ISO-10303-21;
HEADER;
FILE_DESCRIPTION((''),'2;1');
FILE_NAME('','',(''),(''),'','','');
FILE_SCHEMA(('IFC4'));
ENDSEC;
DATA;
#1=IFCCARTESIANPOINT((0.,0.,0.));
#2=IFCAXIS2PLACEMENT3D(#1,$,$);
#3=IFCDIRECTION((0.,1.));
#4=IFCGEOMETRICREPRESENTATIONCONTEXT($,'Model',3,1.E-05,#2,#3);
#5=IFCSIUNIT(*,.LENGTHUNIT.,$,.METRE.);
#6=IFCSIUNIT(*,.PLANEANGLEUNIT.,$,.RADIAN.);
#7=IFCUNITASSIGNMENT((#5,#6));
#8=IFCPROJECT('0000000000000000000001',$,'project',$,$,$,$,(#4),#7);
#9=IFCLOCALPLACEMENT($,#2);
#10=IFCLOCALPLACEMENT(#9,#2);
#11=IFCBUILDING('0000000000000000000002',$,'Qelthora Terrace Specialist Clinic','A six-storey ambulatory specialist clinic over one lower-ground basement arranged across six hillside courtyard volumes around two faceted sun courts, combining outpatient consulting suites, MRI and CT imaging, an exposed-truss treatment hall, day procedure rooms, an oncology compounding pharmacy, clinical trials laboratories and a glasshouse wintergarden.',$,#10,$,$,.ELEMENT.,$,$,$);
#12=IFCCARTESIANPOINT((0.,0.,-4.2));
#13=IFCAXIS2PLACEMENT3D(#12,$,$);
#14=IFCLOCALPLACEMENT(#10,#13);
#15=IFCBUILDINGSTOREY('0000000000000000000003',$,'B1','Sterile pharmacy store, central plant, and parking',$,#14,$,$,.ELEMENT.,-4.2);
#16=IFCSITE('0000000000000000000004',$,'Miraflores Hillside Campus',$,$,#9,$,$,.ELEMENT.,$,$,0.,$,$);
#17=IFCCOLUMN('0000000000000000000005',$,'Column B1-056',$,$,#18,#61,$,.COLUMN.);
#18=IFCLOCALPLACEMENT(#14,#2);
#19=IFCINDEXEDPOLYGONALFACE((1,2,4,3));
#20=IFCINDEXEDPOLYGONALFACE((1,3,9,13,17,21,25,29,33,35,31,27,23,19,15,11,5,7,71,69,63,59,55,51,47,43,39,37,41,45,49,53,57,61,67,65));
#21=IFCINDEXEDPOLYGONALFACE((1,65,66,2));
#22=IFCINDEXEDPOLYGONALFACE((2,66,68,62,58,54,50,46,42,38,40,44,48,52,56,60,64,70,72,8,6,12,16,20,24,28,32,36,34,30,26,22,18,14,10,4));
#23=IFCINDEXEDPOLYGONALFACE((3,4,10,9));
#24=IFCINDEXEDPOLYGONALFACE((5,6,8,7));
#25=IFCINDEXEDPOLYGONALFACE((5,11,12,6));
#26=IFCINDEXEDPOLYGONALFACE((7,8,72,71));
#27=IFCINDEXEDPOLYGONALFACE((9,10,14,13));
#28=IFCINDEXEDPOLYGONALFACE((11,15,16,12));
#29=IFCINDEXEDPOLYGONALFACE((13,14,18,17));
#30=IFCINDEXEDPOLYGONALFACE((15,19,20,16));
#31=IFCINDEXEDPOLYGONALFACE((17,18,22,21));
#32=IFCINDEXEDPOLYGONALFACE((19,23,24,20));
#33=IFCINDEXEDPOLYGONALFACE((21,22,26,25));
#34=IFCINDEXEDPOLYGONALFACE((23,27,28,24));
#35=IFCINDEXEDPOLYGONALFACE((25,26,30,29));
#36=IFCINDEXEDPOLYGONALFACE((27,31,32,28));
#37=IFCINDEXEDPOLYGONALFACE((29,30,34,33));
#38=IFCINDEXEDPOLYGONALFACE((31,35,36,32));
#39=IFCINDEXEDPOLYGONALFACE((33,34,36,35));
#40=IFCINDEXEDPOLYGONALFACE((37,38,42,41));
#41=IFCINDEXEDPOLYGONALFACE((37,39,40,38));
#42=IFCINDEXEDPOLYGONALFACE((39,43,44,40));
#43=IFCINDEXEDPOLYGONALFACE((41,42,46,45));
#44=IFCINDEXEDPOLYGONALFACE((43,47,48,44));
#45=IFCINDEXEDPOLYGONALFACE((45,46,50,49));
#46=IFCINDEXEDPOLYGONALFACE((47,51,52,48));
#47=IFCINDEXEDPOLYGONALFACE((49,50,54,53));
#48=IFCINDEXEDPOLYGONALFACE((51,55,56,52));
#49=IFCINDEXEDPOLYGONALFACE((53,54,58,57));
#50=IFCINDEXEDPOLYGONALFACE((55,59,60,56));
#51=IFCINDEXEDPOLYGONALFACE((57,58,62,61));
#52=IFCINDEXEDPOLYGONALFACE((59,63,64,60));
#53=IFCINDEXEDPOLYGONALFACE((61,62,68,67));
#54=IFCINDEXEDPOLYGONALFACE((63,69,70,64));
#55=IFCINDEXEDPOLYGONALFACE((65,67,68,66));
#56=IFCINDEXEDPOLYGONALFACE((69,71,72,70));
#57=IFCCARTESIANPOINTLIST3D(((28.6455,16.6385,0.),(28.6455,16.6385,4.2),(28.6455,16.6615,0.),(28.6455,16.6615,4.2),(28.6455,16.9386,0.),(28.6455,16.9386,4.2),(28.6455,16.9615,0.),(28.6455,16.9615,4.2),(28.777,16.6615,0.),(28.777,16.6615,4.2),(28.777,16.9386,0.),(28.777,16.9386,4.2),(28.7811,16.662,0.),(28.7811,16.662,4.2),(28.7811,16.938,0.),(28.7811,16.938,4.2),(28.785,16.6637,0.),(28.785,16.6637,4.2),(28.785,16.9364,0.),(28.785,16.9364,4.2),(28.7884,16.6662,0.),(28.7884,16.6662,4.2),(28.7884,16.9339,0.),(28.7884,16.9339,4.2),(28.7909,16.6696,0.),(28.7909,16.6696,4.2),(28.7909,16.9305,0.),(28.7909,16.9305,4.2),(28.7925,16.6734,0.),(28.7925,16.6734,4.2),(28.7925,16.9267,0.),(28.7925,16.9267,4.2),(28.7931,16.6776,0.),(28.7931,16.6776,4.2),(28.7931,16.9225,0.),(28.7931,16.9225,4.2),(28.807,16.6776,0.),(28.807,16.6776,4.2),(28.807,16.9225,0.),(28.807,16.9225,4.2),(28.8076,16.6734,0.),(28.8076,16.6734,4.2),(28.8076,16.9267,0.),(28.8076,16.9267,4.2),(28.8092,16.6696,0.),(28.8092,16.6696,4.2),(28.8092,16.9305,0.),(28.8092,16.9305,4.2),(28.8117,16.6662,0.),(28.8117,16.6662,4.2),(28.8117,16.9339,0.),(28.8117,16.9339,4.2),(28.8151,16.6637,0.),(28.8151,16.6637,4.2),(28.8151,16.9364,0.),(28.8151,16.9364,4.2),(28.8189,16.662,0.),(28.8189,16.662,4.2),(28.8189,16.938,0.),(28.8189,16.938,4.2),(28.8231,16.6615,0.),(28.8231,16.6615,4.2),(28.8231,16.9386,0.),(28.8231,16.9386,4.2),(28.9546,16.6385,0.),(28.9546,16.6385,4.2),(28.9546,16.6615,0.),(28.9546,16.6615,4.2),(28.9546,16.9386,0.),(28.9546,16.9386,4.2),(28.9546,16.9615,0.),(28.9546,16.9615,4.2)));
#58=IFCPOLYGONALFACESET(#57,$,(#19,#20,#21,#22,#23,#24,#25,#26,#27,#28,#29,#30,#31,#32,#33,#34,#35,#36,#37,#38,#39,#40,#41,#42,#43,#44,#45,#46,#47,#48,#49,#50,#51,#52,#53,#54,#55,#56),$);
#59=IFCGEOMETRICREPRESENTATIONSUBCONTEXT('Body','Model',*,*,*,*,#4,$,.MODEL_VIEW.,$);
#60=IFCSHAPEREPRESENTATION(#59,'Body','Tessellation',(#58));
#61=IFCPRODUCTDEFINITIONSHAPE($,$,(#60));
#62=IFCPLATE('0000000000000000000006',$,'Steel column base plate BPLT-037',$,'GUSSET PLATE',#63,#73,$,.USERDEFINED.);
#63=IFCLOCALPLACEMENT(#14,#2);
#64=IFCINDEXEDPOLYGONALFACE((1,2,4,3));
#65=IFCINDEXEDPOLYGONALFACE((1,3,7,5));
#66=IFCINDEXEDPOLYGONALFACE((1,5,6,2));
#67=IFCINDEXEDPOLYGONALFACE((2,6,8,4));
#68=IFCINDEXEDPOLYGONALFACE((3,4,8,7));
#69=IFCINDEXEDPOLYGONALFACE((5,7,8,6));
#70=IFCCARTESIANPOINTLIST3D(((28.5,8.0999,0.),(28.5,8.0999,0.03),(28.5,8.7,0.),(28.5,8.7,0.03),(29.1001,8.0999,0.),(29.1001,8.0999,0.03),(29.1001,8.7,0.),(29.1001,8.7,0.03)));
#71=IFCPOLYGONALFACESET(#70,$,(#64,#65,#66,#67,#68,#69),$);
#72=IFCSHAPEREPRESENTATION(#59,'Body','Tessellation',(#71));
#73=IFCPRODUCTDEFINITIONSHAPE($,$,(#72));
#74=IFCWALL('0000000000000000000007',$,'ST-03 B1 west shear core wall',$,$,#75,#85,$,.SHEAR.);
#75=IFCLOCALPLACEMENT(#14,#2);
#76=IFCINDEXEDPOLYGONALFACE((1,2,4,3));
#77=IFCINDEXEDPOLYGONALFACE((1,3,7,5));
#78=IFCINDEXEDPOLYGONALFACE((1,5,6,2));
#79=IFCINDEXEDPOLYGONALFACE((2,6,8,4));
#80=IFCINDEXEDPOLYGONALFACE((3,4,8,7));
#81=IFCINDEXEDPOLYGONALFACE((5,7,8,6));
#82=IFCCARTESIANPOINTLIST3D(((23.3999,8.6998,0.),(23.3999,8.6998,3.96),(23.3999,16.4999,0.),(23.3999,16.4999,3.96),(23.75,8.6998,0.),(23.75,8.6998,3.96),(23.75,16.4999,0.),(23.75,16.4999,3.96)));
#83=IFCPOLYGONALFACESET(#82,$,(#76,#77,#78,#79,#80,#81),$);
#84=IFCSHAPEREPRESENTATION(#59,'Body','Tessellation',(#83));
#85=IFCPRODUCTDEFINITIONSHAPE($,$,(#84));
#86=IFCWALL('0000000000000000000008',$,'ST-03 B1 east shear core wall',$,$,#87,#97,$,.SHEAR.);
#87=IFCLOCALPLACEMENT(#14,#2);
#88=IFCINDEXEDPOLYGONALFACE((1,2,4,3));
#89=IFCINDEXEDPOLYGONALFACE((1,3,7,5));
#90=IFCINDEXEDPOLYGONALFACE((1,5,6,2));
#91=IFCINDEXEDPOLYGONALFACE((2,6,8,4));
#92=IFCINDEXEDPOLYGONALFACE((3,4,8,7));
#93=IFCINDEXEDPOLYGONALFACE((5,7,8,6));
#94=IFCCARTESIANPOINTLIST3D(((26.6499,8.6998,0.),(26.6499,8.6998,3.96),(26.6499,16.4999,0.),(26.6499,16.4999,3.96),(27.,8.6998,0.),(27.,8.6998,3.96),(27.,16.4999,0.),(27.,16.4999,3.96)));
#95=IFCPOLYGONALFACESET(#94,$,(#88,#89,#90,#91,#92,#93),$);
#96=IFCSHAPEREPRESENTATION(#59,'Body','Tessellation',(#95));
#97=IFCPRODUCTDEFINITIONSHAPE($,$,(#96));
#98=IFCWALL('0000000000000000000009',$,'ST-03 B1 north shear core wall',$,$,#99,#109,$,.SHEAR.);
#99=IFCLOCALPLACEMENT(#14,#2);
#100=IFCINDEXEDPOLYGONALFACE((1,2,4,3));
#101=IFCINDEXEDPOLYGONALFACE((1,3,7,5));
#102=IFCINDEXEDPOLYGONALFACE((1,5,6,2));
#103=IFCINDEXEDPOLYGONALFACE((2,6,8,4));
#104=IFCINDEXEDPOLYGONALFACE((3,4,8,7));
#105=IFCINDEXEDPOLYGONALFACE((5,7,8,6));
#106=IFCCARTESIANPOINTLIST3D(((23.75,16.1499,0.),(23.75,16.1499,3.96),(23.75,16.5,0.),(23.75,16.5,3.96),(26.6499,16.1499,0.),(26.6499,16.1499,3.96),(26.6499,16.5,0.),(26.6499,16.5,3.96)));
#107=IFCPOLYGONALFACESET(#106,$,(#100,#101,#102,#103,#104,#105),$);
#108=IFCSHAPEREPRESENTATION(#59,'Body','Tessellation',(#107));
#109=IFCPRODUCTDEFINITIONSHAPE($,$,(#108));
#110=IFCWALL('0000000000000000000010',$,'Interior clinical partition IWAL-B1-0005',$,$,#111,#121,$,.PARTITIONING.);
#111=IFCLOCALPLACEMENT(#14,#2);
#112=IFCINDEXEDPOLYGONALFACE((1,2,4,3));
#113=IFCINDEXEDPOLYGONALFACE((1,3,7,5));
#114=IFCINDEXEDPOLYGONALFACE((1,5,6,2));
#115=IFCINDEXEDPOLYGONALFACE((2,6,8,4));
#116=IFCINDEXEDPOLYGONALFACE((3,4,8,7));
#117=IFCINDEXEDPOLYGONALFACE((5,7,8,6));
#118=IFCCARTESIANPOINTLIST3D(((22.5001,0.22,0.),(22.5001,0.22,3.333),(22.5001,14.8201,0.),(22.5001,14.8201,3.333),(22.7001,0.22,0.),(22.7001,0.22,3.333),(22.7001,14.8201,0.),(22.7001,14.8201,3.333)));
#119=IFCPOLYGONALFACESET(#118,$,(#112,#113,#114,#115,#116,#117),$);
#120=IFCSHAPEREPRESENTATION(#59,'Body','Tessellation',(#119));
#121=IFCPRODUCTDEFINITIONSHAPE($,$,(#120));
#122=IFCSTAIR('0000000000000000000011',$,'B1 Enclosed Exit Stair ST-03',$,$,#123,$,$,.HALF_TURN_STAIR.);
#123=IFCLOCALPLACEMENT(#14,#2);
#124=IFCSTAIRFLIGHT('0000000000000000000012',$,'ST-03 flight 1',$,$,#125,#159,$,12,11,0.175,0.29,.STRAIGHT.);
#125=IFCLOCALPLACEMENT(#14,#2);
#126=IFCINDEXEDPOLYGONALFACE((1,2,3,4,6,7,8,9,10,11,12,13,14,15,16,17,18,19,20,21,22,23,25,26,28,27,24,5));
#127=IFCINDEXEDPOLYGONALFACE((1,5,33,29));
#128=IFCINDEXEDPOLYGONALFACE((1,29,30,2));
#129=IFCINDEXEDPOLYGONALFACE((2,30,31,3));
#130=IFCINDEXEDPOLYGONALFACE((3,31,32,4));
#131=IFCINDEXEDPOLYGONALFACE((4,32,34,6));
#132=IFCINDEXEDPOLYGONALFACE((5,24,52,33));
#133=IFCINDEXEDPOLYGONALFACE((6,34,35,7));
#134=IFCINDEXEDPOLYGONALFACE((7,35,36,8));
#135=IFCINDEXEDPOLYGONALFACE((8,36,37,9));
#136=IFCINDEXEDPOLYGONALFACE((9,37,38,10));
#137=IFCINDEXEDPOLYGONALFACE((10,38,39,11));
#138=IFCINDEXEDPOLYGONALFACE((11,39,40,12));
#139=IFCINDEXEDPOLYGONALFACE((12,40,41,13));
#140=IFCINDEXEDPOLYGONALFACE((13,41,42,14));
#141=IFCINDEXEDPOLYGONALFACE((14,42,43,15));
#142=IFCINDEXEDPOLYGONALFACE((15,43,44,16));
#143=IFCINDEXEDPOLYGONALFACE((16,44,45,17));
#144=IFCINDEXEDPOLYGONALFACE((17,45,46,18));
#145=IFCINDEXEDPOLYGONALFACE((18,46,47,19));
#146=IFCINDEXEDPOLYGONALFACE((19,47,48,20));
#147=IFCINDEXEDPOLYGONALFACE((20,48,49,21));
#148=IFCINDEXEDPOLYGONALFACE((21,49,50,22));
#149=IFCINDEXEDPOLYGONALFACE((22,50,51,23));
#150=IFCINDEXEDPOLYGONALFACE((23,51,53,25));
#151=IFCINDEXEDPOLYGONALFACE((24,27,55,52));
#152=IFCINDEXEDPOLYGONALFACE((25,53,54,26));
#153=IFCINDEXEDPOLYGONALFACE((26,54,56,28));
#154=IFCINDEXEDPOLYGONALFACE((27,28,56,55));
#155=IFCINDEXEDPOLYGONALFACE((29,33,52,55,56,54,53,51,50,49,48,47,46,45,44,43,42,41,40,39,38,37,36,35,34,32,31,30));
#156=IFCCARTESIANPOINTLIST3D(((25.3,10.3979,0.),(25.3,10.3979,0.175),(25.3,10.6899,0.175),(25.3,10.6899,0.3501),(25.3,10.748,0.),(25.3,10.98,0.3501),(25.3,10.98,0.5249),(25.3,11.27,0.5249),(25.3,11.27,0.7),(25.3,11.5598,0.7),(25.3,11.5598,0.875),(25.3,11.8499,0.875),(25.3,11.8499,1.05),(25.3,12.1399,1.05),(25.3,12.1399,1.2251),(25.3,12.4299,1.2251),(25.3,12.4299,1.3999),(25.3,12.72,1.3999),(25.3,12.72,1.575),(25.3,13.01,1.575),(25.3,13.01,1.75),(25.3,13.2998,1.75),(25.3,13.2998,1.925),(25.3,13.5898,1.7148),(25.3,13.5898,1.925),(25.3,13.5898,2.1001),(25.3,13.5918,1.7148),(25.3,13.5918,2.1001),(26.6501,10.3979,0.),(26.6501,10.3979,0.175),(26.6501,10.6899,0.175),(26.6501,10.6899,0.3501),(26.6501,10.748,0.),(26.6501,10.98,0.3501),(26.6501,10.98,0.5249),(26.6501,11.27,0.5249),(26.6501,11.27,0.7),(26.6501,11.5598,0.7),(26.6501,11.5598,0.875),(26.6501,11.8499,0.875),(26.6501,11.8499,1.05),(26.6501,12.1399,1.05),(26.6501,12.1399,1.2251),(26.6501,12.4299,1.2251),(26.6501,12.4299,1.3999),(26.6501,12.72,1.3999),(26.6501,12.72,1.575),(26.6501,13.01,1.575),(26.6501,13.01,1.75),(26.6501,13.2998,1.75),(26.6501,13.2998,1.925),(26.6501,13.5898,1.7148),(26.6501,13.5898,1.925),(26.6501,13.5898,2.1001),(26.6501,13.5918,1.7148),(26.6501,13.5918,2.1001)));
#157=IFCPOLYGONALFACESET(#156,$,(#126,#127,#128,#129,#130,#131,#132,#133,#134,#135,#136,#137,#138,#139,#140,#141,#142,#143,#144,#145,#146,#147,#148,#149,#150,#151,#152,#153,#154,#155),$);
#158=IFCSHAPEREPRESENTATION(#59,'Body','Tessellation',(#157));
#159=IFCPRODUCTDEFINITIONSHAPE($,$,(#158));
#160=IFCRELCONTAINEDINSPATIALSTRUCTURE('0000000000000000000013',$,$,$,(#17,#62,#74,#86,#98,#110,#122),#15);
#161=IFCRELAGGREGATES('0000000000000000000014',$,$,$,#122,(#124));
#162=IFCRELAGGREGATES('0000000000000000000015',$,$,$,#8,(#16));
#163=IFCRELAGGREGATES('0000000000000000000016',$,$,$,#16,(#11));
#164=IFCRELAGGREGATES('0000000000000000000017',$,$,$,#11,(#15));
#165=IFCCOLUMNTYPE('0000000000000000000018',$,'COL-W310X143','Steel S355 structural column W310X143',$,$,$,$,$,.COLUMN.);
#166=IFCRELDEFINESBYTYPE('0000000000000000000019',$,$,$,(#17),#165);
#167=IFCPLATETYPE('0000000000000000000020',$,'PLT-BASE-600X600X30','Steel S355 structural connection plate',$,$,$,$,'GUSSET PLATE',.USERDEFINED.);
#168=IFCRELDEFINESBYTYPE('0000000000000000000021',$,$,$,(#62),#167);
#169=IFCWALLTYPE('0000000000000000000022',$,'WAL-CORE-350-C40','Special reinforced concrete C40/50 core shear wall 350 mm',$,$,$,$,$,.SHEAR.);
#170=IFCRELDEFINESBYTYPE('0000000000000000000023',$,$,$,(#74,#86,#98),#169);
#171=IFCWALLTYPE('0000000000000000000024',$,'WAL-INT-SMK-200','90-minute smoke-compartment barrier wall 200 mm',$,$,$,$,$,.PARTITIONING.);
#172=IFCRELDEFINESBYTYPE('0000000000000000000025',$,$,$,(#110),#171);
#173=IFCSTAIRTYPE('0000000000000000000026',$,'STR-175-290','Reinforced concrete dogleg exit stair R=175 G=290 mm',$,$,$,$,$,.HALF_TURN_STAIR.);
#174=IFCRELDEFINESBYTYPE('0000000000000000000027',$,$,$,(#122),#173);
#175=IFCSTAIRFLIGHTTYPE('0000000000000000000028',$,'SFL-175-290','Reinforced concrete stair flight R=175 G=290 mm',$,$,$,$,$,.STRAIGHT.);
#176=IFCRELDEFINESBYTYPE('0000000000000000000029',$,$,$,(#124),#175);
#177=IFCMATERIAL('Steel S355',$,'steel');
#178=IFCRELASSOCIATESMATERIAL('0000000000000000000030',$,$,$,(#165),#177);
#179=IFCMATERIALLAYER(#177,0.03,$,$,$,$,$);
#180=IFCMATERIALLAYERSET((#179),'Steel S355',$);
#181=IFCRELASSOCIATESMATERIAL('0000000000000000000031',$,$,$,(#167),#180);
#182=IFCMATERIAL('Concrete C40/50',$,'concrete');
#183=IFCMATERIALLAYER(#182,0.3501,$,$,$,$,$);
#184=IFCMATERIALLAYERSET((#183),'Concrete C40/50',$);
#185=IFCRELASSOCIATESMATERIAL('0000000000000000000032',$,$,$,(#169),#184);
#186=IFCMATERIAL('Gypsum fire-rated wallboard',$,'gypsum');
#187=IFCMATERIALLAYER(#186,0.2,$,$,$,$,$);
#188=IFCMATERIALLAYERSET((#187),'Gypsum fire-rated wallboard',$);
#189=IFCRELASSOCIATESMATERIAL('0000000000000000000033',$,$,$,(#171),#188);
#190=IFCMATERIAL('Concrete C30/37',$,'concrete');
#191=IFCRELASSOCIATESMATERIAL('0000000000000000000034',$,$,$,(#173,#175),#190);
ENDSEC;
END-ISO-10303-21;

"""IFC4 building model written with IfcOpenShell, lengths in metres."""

from ifc_helpers import new_model, si_unit, direction, frame, frame_2d, origin, origin_2d, place, context, subcontext, project, spatial, polyline, rectangle, i_section, outline, extrude, material, layer, layer_set, material_profile, profile_set, type_object, element, aggregate, save


model = new_model("IFC4")

# Units and contexts
model_context = context("Model", 3, precision=1e-05, world=origin(), true_north=direction((0.0, 1.0)))
body_context = subcontext(model_context, "Body", "Model", "MODEL_VIEW")
ifc_project = project(units=[si_unit("LENGTHUNIT", "METRE"), si_unit("PLANEANGLEUNIT", "RADIAN")], contexts=[model_context])

# Site, building, storey
site_placement = place(None, origin())
site = spatial("IfcSite", under=ifc_project, at=site_placement, Name="Miraflores Hillside Campus", CompositionType="ELEMENT", RefElevation=0.0)
building_placement = place(site_placement, origin())
building = spatial("IfcBuilding", under=site, at=building_placement, Name="Qelthora Terrace Specialist Clinic", Description="A six-storey ambulatory specialist clinic over one lower-ground basement arranged across six hillside courtyard volumes around two faceted sun courts, combining outpatient consulting suites, MRI and CT imaging, an exposed-truss treatment hall, day procedure rooms, an oncology compounding pharmacy, clinical trials laboratories and a glasshouse wintergarden.", CompositionType="ELEMENT")
storey_placement = place(building_placement, frame((0.0, 0.0, -4.2)))
storey = spatial("IfcBuildingStorey", under=building, at=storey_placement, Name="B1", Description="Sterile pharmacy store, central plant, and parking", CompositionType="ELEMENT", Elevation=-4.2)

# Column
ifc_material_1 = material(Name="Concrete C40/50", Category="concrete")
ifc_material_2 = material(Name="Steel S355", Category="steel")
ifc_material_profile_1 = material_profile(ifc_material_2, i_section(OverallWidth=0.3091, OverallDepth=0.323, WebThickness=0.0139, FlangeThickness=0.0229, FilletRadius=0.0161, at=origin_2d()), Name="W310X143")
ifc_profile_set_1 = profile_set([ifc_material_profile_1], Name="Steel S355")
column_type_1 = type_object("IfcColumnType", Name="COL-W310X143", Description="Steel S355 structural column W310X143", PredefinedType="COLUMN", material=ifc_profile_set_1)
column_1_placement = place(storey_placement, frame((28.8, 16.8, 0.0), z_axis=(0.0, 0.0, 1.0), x_axis=(1.0, 0.0, 0.0)))
element("IfcColumn", 1, at=column_1_placement, inside=storey, type_object=column_type_1, Name="Column B1-056", PredefinedType="COLUMN", context=body_context, shape_type="SweptSolid", body=[
    extrude(i_section(OverallWidth=0.3091, OverallDepth=0.323, WebThickness=0.0139, FlangeThickness=0.0229, FilletRadius=0.0161, at=origin_2d()), origin(), (0.0, 0.0, 1.0), 4.2),
])

# Plate
ifc_layer_1 = layer(ifc_material_2, 0.03)
ifc_layer_set_1 = layer_set([ifc_layer_1], Name="Steel S355")
plate_type = type_object("IfcPlateType", Name="PLT-BASE-600X600X30", Description="Steel S355 structural connection plate", ElementType="GUSSET PLATE", PredefinedType="USERDEFINED", material=ifc_layer_set_1)
plate_placement = place(storey_placement, frame((28.8, 8.3999, 0.0), z_axis=(0.0, 0.0, 1.0), x_axis=(1.0, 0.0, 0.0)))
element("IfcPlate", 2, at=plate_placement, inside=storey, type_object=plate_type, Name="Steel column base plate BPLT-037", ObjectType="GUSSET PLATE", PredefinedType="USERDEFINED", context=body_context, shape_type="SweptSolid", body=[
    extrude(rectangle(XDim=0.6001, YDim=0.6001, at=origin_2d()), origin(), (0.0, 0.0, 1.0), 0.03),
])

# Walls
ifc_layer_2 = layer(ifc_material_1, 0.3501)
ifc_layer_set_2 = layer_set([ifc_layer_2], Name="Concrete C40/50")
wall_type_1 = type_object("IfcWallType", Name="WAL-CORE-350-C40", Description="Special reinforced concrete C40/50 core shear wall 350 mm", PredefinedType="SHEAR", material=ifc_layer_set_2)
for number, where, z_axis, x_axis, name in (
    (3, (23.575, 8.7, 0.0), (0.0, 0.0, 1.0), (0.0, 1.0, 0.0), "ST-03 B1 west shear core wall"),
    (4, (26.825, 8.7, 0.0), (0.0, 0.0, 1.0), (0.0, 1.0, 0.0), "ST-03 B1 east shear core wall"),
):
    element("IfcWall", number, at=place(storey_placement, frame(where, z_axis=z_axis, x_axis=x_axis)), inside=storey, type_object=wall_type_1, Name=name, PredefinedType="SHEAR", context=body_context, shape_type="SweptSolid", body=[
        extrude(rectangle(XDim=7.8, YDim=0.3501, at=frame_2d((3.8999, 0.0))), origin(), (0.0, 0.0, 1.0), 3.96),
    ])
wall_1_placement = place(storey_placement, frame((23.75, 16.325, 0.0), z_axis=(0.0, 0.0, 1.0), x_axis=(1.0, 0.0, 0.0)))
element("IfcWall", 5, at=wall_1_placement, inside=storey, type_object=wall_type_1, Name="ST-03 B1 north shear core wall", PredefinedType="SHEAR", context=body_context, shape_type="SweptSolid", body=[
    extrude(rectangle(XDim=2.8999, YDim=0.3501, at=frame_2d((1.45, 0.0))), origin(), (0.0, 0.0, 1.0), 3.96),
])

# Wall
ifc_material_3 = material(Name="Gypsum fire-rated wallboard", Category="gypsum")
ifc_layer_3 = layer(ifc_material_3, 0.2)
ifc_layer_set_3 = layer_set([ifc_layer_3], Name="Gypsum fire-rated wallboard")
wall_type_2 = type_object("IfcWallType", Name="WAL-INT-SMK-200", Description="90-minute smoke-compartment barrier wall 200 mm", PredefinedType="PARTITIONING", material=ifc_layer_set_3)
wall_2_placement = place(storey_placement, frame((22.6001, 14.8201, 0.0), z_axis=(0.0, 0.0, 1.0), x_axis=(0.0, -1.0, 0.0)))
element("IfcWall", 6, at=wall_2_placement, inside=storey, type_object=wall_type_2, Name="Interior clinical partition IWAL-B1-0005", PredefinedType="PARTITIONING", context=body_context, shape_type="SweptSolid", body=[
    extrude(rectangle(XDim=14.6001, YDim=0.2, at=frame_2d((7.3, 0.0))), origin(), (0.0, 0.0, 1.0), 3.333),
])

# Stair, stair flight
ifc_material_4 = material(Name="Concrete C30/37", Category="concrete")
stair_type = type_object("IfcStairType", Name="STR-175-290", Description="Reinforced concrete dogleg exit stair R=175 G=290 mm", PredefinedType="HALF_TURN_STAIR", material=ifc_material_4)
stair_placement = place(storey_placement, origin())
stair = element("IfcStair", 7, at=stair_placement, inside=storey, type_object=stair_type, Name="B1 Enclosed Exit Stair ST-03", PredefinedType="HALF_TURN_STAIR")
stair_flight_type = type_object("IfcStairFlightType", Name="SFL-175-290", Description="Reinforced concrete stair flight R=175 G=290 mm", PredefinedType="STRAIGHT", material=ifc_material_4)
stair_flight_1_placement = place(storey_placement, frame((25.9751, 10.3999, 0.0), z_axis=(0.0, 0.0, 1.0), x_axis=(0.0, 1.0, 0.0)))
stair_flight_1 = element("IfcStairFlight", 8, at=stair_flight_1_placement, type_object=stair_flight_type, Name="ST-03 flight 1", NumberOfRisers=12, NumberOfTreads=11, PredefinedType="STRAIGHT", RiserHeight=0.175, TreadLength=0.29, context=body_context, shape_type="SweptSolid", body=[
    extrude(outline(polyline([(-0.002, 0.0), (-0.002, 0.175), (0.29, 0.175), (0.29, 0.3501), (0.5801, 0.3501), (0.5801, 0.5249), (0.8701, 0.5249), (0.8701, 0.7), (1.1599, 0.7), (1.1599, 0.875), (1.45, 0.875), (1.45, 1.05), (1.74, 1.05), (1.74, 1.2251), (2.03, 1.2251), (2.03, 1.3999), (2.3201, 1.3999), (2.3201, 1.575), (2.6101, 1.575), (2.6101, 1.75), (2.8999, 1.75), (2.8999, 1.925), (3.1899, 1.925), (3.1899, 2.1001), (3.1919, 2.1001), (3.1919, 1.7148), (3.1899, 1.7148), (0.3481, 0.0), (-0.002, 0.0)])), frame((0.0, 0.675, 0.0), z_axis=(0.0, -1.0, 0.0), x_axis=(1.0, 0.0, 0.0)), (0.0, 0.0, 1.0), 1.3501),
])
aggregate(stair, [stair_flight_1])

save(model, "model.ifc")
